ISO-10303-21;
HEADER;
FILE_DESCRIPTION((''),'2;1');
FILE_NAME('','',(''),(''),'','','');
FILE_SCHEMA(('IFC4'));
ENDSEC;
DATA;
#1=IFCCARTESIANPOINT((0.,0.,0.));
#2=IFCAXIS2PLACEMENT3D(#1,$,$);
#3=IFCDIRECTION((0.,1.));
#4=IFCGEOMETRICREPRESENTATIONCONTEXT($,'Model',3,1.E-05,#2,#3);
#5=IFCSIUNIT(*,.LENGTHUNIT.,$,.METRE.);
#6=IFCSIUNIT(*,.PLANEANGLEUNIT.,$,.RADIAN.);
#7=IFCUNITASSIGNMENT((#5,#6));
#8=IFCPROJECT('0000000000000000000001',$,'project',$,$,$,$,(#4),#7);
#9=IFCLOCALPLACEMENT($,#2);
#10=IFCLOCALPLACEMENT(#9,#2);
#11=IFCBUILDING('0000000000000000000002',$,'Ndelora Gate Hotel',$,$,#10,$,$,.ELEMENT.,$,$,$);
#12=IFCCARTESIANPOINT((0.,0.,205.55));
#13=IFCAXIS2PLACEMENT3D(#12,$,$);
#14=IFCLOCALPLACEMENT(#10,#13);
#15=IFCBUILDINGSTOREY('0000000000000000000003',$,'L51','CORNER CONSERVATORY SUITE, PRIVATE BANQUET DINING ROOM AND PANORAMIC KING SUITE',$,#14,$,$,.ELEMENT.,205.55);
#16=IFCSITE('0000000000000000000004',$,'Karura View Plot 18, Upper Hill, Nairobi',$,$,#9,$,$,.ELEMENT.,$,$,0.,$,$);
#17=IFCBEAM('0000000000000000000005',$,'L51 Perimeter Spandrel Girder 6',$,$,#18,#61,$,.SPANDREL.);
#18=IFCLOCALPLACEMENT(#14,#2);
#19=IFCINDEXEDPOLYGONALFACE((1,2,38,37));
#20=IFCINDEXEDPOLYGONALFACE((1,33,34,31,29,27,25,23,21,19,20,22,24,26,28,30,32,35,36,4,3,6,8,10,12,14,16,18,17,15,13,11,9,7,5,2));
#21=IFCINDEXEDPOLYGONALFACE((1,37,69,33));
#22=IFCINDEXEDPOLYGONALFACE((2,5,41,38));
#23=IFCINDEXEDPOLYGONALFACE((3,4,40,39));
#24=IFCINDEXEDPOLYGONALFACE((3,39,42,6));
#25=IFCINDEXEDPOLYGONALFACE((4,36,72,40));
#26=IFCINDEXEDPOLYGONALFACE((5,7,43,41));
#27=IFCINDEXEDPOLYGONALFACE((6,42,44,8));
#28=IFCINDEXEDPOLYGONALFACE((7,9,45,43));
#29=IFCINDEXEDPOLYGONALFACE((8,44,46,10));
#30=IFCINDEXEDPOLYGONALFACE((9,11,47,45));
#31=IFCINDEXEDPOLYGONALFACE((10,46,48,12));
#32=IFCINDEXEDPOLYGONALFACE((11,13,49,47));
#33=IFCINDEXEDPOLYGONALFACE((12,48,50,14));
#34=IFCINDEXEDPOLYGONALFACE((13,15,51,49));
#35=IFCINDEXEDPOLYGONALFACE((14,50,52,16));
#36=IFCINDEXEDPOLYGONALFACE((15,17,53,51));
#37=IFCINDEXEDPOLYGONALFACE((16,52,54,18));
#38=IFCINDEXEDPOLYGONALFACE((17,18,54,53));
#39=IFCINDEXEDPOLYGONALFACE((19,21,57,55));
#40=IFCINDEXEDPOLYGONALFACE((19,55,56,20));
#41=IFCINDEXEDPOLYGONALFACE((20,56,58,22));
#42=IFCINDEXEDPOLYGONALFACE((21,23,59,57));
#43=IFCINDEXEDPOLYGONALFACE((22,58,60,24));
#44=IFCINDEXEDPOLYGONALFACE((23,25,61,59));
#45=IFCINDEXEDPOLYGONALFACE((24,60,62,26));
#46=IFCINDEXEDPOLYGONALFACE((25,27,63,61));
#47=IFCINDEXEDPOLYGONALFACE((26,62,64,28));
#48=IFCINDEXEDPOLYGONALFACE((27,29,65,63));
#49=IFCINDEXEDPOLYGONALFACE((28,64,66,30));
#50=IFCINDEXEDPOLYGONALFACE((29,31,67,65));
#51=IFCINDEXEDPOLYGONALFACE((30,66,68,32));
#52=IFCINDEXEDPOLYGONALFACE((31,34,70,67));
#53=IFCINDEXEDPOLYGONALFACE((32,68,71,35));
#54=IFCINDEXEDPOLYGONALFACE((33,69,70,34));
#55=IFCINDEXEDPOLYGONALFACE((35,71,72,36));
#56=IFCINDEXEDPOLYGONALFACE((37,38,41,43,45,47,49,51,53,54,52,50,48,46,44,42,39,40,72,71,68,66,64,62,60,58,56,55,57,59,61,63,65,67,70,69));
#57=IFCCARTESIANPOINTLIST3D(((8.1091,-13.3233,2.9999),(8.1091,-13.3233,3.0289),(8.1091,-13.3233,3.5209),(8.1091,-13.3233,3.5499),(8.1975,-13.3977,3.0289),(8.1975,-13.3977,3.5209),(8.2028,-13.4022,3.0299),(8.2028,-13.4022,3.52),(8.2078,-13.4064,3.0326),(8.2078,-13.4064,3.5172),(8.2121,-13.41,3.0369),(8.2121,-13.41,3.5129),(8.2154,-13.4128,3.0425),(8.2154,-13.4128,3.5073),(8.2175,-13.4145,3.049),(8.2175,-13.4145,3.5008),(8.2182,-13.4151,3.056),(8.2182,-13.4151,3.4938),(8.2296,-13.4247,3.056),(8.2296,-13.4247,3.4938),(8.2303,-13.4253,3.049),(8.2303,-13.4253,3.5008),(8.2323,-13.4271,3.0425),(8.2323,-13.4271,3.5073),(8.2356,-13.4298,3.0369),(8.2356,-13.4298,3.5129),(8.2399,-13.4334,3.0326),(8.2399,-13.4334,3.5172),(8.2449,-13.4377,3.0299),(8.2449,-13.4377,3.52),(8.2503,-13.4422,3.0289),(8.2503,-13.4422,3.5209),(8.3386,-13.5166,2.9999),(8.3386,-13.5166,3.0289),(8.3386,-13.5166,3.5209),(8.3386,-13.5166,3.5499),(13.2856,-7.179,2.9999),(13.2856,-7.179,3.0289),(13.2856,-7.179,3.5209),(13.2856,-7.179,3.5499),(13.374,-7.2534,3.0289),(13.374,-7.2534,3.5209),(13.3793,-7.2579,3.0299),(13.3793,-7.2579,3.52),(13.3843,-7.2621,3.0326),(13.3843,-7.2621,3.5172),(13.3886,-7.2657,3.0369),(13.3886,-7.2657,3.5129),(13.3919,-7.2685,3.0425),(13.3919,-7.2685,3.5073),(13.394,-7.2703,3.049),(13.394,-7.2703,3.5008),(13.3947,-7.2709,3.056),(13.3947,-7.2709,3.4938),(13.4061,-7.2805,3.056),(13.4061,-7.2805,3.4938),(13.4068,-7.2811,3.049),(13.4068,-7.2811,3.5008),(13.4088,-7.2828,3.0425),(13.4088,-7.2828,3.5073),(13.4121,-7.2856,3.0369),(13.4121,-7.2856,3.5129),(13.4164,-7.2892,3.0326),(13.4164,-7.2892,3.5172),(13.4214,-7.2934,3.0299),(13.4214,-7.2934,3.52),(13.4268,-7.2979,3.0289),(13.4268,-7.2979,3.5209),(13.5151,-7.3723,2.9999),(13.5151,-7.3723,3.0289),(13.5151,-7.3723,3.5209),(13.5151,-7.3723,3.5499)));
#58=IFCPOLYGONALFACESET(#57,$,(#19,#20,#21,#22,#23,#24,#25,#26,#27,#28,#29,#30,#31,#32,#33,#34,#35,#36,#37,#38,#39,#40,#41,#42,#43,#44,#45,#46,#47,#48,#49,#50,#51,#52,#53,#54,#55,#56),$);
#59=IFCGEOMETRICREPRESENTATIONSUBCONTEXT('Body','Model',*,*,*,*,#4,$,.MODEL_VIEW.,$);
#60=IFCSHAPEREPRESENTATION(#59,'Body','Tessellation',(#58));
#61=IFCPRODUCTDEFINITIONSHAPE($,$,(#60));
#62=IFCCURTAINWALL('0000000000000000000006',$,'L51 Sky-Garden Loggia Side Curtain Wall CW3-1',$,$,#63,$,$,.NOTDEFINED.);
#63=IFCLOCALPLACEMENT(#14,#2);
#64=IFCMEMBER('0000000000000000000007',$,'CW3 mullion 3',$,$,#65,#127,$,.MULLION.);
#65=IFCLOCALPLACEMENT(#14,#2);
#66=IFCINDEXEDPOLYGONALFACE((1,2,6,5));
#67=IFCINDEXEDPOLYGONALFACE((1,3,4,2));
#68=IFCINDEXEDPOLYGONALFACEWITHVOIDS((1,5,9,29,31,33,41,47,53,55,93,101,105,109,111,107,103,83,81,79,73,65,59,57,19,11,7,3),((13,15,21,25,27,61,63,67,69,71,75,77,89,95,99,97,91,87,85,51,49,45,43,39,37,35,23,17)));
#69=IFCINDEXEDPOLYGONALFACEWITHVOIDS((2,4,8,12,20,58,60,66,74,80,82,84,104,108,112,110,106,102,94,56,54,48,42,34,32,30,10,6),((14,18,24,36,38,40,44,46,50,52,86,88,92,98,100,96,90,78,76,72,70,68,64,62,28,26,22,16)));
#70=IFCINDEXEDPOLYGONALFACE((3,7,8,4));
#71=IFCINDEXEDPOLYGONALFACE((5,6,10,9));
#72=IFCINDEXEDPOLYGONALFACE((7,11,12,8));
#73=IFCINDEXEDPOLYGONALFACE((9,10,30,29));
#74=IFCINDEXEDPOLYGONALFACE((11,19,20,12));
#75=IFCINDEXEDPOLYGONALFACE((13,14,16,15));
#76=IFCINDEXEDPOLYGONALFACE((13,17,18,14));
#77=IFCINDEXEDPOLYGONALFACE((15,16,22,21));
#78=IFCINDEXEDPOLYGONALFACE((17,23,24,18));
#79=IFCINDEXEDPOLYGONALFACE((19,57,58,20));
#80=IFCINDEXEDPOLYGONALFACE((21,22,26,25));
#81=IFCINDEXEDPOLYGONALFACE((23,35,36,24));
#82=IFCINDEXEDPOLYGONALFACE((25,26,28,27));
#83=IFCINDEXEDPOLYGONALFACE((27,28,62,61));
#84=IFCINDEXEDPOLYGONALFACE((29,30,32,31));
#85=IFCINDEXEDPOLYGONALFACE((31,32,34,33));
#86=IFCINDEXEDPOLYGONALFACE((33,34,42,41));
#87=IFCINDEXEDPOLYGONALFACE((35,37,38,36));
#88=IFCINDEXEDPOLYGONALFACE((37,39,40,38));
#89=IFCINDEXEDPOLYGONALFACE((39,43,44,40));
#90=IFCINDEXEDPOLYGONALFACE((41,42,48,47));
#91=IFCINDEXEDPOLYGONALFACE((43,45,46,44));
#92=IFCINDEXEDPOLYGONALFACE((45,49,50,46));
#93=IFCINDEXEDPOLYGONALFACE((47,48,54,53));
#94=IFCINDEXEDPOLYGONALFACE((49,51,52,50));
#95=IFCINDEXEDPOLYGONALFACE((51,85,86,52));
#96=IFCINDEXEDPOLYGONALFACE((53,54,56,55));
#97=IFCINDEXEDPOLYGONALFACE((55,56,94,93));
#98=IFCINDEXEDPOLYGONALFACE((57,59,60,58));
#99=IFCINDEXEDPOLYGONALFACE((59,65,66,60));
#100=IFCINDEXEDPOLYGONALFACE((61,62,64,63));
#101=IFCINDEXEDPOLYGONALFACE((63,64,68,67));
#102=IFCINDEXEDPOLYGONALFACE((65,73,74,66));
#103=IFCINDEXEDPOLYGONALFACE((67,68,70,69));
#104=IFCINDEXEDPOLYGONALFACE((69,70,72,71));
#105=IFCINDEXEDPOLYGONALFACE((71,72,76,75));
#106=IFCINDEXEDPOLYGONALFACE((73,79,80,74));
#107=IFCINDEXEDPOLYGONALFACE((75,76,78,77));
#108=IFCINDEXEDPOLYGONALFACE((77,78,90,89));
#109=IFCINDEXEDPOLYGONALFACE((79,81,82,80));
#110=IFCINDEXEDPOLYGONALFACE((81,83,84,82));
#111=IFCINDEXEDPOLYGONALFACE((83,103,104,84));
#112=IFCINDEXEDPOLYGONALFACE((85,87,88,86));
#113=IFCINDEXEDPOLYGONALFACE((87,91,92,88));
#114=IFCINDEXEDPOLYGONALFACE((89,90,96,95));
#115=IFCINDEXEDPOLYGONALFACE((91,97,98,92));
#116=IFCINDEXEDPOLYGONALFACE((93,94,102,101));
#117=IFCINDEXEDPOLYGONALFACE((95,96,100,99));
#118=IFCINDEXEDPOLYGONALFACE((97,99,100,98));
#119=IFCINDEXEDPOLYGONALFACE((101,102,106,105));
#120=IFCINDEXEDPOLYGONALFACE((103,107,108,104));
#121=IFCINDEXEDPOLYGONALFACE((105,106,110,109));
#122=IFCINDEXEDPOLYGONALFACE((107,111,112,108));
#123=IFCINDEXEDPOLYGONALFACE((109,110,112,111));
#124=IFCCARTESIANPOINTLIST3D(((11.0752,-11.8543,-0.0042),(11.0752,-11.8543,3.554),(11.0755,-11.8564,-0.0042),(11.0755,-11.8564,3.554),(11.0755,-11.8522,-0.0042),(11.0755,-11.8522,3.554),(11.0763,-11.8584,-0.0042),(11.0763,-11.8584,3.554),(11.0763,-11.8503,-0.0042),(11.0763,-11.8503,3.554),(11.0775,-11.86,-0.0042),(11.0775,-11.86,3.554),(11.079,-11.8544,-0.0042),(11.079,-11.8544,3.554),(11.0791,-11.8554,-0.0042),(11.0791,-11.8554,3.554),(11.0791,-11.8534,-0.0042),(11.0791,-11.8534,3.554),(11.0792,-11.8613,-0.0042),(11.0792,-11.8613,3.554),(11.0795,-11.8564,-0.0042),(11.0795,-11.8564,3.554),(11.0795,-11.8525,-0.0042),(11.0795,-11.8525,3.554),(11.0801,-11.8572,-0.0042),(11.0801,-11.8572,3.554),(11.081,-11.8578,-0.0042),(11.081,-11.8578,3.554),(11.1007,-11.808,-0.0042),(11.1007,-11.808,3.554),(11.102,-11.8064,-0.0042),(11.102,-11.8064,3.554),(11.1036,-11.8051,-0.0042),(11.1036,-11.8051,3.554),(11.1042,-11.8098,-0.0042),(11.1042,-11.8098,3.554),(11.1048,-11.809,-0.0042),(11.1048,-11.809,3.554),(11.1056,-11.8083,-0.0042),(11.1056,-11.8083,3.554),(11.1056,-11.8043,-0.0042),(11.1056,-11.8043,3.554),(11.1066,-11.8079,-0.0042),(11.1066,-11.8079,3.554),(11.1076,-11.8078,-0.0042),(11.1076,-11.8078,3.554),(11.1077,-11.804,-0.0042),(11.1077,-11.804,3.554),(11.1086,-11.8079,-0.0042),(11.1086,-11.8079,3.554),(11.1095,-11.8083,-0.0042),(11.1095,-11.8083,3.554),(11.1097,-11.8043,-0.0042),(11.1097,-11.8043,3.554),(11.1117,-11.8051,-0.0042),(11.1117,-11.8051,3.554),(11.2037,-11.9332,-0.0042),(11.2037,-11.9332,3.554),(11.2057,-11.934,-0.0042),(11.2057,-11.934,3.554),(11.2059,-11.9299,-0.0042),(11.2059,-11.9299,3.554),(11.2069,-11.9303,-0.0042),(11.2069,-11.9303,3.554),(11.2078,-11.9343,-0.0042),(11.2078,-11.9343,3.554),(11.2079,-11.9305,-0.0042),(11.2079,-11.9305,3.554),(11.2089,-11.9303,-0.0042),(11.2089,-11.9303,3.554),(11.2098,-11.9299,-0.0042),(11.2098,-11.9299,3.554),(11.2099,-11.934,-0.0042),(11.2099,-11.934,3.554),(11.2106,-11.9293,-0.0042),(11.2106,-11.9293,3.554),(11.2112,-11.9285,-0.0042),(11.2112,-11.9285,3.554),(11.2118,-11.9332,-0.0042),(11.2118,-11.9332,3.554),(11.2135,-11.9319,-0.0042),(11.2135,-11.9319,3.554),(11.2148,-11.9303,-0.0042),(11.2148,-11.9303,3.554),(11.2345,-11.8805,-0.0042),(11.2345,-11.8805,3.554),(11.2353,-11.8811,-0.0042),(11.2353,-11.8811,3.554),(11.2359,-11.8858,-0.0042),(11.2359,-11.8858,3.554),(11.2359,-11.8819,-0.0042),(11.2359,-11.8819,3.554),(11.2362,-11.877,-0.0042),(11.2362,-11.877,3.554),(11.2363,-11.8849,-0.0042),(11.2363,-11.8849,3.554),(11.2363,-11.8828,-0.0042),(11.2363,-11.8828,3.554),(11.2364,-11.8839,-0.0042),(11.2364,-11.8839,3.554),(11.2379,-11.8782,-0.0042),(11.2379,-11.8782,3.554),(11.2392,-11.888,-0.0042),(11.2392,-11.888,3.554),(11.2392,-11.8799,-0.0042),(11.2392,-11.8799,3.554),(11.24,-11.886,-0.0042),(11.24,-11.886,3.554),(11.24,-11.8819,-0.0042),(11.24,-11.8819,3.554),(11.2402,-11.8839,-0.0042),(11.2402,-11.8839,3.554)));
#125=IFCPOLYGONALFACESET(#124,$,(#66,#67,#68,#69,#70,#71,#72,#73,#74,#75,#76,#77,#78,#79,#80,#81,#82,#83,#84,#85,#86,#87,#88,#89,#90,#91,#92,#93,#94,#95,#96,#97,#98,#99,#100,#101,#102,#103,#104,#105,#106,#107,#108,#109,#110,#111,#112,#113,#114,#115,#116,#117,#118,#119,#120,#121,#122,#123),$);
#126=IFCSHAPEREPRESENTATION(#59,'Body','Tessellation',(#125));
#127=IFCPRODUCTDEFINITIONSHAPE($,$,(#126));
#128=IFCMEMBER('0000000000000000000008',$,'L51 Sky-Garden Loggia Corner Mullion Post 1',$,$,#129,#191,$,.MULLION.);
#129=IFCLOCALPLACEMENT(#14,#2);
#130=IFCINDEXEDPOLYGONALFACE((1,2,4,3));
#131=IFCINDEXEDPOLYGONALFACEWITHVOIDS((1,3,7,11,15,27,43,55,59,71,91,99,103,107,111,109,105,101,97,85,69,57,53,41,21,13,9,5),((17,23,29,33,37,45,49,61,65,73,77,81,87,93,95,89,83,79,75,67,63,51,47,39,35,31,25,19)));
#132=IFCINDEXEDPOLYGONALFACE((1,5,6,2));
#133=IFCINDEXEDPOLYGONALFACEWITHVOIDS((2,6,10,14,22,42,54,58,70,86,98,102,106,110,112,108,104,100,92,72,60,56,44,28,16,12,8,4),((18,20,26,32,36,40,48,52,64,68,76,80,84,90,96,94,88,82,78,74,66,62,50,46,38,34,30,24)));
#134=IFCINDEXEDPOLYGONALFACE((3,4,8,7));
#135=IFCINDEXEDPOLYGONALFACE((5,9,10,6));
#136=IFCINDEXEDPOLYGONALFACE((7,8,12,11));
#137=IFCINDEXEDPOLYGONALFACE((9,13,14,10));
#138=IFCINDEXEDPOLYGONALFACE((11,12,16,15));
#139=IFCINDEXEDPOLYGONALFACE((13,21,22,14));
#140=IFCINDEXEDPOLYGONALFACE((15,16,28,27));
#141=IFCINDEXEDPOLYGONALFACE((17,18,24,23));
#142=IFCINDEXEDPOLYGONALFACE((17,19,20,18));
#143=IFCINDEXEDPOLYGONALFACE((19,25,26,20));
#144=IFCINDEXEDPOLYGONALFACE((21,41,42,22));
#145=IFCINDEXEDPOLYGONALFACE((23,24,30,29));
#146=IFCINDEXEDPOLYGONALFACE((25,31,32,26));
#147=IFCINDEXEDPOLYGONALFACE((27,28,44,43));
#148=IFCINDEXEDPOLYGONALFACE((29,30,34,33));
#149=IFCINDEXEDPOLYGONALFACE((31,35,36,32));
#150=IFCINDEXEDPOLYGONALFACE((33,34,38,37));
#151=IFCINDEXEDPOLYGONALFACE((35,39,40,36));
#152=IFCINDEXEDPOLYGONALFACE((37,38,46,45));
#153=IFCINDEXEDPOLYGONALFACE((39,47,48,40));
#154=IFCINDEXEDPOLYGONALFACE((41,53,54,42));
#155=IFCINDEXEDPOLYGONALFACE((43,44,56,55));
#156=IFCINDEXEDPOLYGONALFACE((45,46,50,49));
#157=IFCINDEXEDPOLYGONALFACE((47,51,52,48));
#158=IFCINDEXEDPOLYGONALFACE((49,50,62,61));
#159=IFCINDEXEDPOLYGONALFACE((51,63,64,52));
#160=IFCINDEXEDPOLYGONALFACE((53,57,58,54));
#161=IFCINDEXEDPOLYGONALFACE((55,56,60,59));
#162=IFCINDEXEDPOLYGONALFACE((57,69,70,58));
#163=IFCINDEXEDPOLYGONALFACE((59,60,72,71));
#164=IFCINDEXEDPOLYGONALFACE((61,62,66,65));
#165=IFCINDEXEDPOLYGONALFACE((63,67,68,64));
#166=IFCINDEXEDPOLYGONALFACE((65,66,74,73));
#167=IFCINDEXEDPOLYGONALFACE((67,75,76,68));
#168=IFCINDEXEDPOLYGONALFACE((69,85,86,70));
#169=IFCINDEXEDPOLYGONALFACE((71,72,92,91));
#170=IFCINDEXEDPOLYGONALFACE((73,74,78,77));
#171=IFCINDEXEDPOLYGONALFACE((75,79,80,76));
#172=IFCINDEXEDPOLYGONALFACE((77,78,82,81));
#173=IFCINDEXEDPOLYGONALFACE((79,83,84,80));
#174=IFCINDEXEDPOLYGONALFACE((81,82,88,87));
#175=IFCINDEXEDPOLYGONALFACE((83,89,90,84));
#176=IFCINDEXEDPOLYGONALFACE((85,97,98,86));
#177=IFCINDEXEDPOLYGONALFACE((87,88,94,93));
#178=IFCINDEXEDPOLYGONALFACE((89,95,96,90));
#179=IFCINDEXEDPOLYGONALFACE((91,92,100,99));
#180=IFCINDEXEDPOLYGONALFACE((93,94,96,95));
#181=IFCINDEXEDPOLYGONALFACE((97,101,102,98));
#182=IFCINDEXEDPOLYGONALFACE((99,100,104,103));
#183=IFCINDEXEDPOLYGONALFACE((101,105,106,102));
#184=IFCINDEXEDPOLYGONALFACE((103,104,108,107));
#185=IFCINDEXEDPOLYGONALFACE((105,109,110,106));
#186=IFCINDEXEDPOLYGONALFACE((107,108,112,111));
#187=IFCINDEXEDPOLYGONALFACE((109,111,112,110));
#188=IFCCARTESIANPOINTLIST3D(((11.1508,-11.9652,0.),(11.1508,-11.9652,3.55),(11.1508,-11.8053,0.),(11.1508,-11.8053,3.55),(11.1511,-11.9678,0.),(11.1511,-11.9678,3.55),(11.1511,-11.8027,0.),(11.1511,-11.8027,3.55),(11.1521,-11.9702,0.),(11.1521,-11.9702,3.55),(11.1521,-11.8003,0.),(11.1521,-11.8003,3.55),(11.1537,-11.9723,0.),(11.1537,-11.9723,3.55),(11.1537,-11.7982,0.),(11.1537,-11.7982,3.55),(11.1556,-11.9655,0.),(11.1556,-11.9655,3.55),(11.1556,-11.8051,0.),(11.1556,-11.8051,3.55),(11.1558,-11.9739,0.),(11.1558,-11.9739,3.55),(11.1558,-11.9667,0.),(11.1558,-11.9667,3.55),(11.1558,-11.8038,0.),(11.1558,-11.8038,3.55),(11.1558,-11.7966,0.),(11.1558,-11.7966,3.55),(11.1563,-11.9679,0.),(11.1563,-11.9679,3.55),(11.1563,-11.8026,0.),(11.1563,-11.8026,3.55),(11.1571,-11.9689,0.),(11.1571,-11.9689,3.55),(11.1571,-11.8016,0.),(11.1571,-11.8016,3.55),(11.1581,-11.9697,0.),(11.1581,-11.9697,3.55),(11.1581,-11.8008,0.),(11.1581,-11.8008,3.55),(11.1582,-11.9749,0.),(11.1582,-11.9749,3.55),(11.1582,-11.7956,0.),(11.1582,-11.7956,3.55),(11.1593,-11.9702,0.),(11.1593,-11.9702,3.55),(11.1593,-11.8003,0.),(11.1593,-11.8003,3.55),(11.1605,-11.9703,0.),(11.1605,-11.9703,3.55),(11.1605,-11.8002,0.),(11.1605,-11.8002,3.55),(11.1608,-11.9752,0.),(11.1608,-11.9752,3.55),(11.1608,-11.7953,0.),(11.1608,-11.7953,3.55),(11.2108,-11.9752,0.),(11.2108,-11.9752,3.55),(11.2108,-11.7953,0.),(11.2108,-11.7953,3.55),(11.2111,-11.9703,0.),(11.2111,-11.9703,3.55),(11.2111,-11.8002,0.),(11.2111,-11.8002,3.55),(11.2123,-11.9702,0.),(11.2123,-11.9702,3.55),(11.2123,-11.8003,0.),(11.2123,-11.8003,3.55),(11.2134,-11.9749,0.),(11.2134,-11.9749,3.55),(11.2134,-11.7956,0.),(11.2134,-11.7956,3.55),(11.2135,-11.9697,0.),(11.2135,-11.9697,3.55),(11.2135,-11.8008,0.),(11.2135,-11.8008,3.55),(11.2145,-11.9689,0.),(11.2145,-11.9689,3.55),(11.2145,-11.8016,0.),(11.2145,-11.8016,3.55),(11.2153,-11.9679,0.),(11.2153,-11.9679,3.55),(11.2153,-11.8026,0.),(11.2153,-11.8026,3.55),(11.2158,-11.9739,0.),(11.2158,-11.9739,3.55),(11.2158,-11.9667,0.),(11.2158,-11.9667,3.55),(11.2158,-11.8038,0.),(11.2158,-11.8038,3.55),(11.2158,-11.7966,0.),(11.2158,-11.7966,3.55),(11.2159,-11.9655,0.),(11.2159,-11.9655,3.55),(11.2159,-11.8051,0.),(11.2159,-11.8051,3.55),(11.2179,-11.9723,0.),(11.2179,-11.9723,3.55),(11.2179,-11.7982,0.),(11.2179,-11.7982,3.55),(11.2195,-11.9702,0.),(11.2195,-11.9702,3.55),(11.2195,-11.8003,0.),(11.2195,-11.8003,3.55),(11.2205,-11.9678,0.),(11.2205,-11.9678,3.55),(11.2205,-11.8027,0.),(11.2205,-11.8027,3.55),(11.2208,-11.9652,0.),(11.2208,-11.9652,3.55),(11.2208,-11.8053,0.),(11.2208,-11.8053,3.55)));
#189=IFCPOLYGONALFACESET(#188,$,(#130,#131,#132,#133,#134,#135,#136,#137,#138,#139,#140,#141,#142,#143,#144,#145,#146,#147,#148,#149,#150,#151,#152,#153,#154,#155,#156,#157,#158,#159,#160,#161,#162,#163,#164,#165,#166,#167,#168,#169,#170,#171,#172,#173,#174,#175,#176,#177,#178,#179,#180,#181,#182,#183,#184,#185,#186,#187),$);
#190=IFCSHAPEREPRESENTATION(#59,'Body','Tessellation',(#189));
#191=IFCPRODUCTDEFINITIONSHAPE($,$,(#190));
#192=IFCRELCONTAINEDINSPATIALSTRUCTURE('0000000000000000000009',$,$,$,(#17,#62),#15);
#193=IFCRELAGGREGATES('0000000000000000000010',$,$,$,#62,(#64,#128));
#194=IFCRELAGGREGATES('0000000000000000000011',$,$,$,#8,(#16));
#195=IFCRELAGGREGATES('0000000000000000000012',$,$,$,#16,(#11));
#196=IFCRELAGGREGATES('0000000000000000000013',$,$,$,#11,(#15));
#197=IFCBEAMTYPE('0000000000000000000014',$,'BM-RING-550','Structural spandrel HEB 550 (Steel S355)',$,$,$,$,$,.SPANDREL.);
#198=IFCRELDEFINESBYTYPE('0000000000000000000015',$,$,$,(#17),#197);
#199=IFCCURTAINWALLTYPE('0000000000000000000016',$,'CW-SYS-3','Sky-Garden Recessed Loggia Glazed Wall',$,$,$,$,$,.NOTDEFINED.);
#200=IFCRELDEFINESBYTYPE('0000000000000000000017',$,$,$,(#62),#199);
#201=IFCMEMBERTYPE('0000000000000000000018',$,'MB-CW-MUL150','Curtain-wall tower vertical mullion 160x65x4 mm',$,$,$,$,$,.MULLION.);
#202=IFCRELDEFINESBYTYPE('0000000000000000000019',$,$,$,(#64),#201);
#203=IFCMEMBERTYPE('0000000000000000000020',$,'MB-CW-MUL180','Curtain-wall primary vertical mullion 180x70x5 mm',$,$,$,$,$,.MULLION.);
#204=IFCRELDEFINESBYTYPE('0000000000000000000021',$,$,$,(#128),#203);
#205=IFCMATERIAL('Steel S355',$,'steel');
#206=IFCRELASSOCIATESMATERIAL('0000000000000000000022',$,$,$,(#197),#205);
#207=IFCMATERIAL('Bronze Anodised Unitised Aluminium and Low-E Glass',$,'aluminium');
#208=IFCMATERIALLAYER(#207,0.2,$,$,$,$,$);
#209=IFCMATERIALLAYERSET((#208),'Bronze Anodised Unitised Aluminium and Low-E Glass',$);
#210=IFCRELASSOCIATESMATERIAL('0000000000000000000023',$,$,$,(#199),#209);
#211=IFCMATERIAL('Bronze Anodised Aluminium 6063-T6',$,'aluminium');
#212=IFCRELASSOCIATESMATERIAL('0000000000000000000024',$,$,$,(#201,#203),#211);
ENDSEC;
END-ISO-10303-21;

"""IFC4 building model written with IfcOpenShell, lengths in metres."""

from ifc_helpers import new_model, si_unit, direction, frame, origin, origin_2d, place, context, subcontext, project, spatial, hollow_rectangle, i_section, extrude, material, layer, layer_set, material_profile, profile_set, type_object, element, aggregate, save


model = new_model("IFC4")

# Units and contexts
model_context = context("Model", 3, precision=1e-05, world=origin(), true_north=direction((0.0, 1.0)))
body_context = subcontext(model_context, "Body", "Model", "MODEL_VIEW")
ifc_project = project(units=[si_unit("LENGTHUNIT", "METRE"), si_unit("PLANEANGLEUNIT", "RADIAN")], contexts=[model_context])

# Site, building, storey
site_placement = place(None, origin())
site = spatial("IfcSite", under=ifc_project, at=site_placement, Name="Karura View Plot 18, Upper Hill, Nairobi", CompositionType="ELEMENT", RefElevation=0.0)
building_placement = place(site_placement, origin())
building = spatial("IfcBuilding", under=site, at=building_placement, Name="Ndelora Gate Hotel", CompositionType="ELEMENT")
storey_placement = place(building_placement, frame((0.0, 0.0, 205.55)))
storey = spatial("IfcBuildingStorey", under=building, at=storey_placement, Name="L51", Description="CORNER CONSERVATORY SUITE, PRIVATE BANQUET DINING ROOM AND PANORAMIC KING SUITE", CompositionType="ELEMENT", Elevation=205.55)

# Beam
ifc_material_1 = material(Name="Steel S355", Category="steel")
ifc_material_profile_1 = material_profile(ifc_material_1, i_section(OverallWidth=0.3, OverallDepth=0.55, WebThickness=0.0149, FlangeThickness=0.0291, FilletRadius=0.0271, at=origin_2d()), Name="HEB 550")
ifc_profile_set_1 = profile_set([ifc_material_profile_1], Name="Steel S355")
beam_type_1 = type_object("IfcBeamType", Name="BM-RING-550", Description="Structural spandrel HEB 550 (Steel S355)", PredefinedType="SPANDREL", material=ifc_profile_set_1)
beam_1_placement = place(storey_placement, frame((8.2239, -13.4199, 3.2749), z_axis=(0.644309, 0.764765, 0.0), x_axis=(-0.764765, 0.644309, 0.0)))
element("IfcBeam", 1, at=beam_1_placement, inside=storey, type_object=beam_type_1, Name="L51 Perimeter Spandrel Girder 6", PredefinedType="SPANDREL", context=body_context, shape_type="SweptSolid", body=[
    extrude(i_section(OverallWidth=0.3, OverallDepth=0.55, WebThickness=0.0149, FlangeThickness=0.0291, FilletRadius=0.0271, at=origin_2d()), origin(), (0.0, 0.0, 1.0), 8.0342),
])

# Curtain wall, members
ifc_material_2 = material(Name="Bronze Anodised Unitised Aluminium and Low-E Glass", Category="aluminium")
ifc_layer_1 = layer(ifc_material_2, 0.2)
ifc_layer_set_1 = layer_set([ifc_layer_1], Name="Bronze Anodised Unitised Aluminium and Low-E Glass")
curtain_wall_type = type_object("IfcCurtainWallType", Name="CW-SYS-3", Description="Sky-Garden Recessed Loggia Glazed Wall", PredefinedType="NOTDEFINED", material=ifc_layer_set_1)
curtain_wall_placement = place(storey_placement, origin())
curtain_wall = element("IfcCurtainWall", 2, at=curtain_wall_placement, inside=storey, type_object=curtain_wall_type, Name="L51 Sky-Garden Loggia Side Curtain Wall CW3-1", PredefinedType="NOTDEFINED")
ifc_material_3 = material(Name="Bronze Anodised Aluminium 6063-T6", Category="aluminium")
ifc_material_profile_2 = material_profile(ifc_material_3, hollow_rectangle(XDim=0.0649, YDim=0.1599, WallThickness=0.0039, InnerFilletRadius=0.0039, OuterFilletRadius=0.0081, at=origin_2d()), Name="ALU 160x65x4")
ifc_profile_set_2 = profile_set([ifc_material_profile_2], Name="Bronze Anodised Aluminium 6063-T6")
member_type_1 = type_object("IfcMemberType", Name="MB-CW-MUL150", Description="Curtain-wall tower vertical mullion 160x65x4 mm", PredefinedType="MULLION", material=ifc_profile_set_2)
member_1_placement = place(storey_placement, frame((11.1577, -11.8691, -0.0042), z_axis=(0.0, 0.0, 1.0), x_axis=(0.499991, 0.86603, 0.0)))
member_1 = element("IfcMember", 3, at=member_1_placement, type_object=member_type_1, Name="CW3 mullion 3", PredefinedType="MULLION", context=body_context, shape_type="SweptSolid", body=[
    extrude(hollow_rectangle(XDim=0.0649, YDim=0.1599, WallThickness=0.0039, InnerFilletRadius=0.0039, OuterFilletRadius=0.0081, at=origin_2d()), origin(), (0.0, 0.0, 1.0), 3.5581),
])
ifc_material_profile_3 = material_profile(ifc_material_3, hollow_rectangle(XDim=0.0701, YDim=0.1799, WallThickness=0.0049, InnerFilletRadius=0.0049, OuterFilletRadius=0.01, at=origin_2d()), Name="ALU 180x70x5")
ifc_profile_set_3 = profile_set([ifc_material_profile_3], Name="Bronze Anodised Aluminium 6063-T6")
member_type_2 = type_object("IfcMemberType", Name="MB-CW-MUL180", Description="Curtain-wall primary vertical mullion 180x70x5 mm", PredefinedType="MULLION", material=ifc_profile_set_3)
member_2_placement = place(storey_placement, frame((11.1858, -11.8853, 0.0), z_axis=(0.0, 0.0, 1.0), x_axis=(1.0, 0.0, 0.0)))
member_2 = element("IfcMember", 4, at=member_2_placement, type_object=member_type_2, Name="L51 Sky-Garden Loggia Corner Mullion Post 1", PredefinedType="MULLION", context=body_context, shape_type="SweptSolid", body=[
    extrude(hollow_rectangle(XDim=0.0701, YDim=0.1799, WallThickness=0.0049, InnerFilletRadius=0.0049, OuterFilletRadius=0.01, at=origin_2d()), origin(), (0.0, 0.0, 1.0), 3.55),
])
aggregate(curtain_wall, [member_1, member_2])

save(model, "model.ifc")
